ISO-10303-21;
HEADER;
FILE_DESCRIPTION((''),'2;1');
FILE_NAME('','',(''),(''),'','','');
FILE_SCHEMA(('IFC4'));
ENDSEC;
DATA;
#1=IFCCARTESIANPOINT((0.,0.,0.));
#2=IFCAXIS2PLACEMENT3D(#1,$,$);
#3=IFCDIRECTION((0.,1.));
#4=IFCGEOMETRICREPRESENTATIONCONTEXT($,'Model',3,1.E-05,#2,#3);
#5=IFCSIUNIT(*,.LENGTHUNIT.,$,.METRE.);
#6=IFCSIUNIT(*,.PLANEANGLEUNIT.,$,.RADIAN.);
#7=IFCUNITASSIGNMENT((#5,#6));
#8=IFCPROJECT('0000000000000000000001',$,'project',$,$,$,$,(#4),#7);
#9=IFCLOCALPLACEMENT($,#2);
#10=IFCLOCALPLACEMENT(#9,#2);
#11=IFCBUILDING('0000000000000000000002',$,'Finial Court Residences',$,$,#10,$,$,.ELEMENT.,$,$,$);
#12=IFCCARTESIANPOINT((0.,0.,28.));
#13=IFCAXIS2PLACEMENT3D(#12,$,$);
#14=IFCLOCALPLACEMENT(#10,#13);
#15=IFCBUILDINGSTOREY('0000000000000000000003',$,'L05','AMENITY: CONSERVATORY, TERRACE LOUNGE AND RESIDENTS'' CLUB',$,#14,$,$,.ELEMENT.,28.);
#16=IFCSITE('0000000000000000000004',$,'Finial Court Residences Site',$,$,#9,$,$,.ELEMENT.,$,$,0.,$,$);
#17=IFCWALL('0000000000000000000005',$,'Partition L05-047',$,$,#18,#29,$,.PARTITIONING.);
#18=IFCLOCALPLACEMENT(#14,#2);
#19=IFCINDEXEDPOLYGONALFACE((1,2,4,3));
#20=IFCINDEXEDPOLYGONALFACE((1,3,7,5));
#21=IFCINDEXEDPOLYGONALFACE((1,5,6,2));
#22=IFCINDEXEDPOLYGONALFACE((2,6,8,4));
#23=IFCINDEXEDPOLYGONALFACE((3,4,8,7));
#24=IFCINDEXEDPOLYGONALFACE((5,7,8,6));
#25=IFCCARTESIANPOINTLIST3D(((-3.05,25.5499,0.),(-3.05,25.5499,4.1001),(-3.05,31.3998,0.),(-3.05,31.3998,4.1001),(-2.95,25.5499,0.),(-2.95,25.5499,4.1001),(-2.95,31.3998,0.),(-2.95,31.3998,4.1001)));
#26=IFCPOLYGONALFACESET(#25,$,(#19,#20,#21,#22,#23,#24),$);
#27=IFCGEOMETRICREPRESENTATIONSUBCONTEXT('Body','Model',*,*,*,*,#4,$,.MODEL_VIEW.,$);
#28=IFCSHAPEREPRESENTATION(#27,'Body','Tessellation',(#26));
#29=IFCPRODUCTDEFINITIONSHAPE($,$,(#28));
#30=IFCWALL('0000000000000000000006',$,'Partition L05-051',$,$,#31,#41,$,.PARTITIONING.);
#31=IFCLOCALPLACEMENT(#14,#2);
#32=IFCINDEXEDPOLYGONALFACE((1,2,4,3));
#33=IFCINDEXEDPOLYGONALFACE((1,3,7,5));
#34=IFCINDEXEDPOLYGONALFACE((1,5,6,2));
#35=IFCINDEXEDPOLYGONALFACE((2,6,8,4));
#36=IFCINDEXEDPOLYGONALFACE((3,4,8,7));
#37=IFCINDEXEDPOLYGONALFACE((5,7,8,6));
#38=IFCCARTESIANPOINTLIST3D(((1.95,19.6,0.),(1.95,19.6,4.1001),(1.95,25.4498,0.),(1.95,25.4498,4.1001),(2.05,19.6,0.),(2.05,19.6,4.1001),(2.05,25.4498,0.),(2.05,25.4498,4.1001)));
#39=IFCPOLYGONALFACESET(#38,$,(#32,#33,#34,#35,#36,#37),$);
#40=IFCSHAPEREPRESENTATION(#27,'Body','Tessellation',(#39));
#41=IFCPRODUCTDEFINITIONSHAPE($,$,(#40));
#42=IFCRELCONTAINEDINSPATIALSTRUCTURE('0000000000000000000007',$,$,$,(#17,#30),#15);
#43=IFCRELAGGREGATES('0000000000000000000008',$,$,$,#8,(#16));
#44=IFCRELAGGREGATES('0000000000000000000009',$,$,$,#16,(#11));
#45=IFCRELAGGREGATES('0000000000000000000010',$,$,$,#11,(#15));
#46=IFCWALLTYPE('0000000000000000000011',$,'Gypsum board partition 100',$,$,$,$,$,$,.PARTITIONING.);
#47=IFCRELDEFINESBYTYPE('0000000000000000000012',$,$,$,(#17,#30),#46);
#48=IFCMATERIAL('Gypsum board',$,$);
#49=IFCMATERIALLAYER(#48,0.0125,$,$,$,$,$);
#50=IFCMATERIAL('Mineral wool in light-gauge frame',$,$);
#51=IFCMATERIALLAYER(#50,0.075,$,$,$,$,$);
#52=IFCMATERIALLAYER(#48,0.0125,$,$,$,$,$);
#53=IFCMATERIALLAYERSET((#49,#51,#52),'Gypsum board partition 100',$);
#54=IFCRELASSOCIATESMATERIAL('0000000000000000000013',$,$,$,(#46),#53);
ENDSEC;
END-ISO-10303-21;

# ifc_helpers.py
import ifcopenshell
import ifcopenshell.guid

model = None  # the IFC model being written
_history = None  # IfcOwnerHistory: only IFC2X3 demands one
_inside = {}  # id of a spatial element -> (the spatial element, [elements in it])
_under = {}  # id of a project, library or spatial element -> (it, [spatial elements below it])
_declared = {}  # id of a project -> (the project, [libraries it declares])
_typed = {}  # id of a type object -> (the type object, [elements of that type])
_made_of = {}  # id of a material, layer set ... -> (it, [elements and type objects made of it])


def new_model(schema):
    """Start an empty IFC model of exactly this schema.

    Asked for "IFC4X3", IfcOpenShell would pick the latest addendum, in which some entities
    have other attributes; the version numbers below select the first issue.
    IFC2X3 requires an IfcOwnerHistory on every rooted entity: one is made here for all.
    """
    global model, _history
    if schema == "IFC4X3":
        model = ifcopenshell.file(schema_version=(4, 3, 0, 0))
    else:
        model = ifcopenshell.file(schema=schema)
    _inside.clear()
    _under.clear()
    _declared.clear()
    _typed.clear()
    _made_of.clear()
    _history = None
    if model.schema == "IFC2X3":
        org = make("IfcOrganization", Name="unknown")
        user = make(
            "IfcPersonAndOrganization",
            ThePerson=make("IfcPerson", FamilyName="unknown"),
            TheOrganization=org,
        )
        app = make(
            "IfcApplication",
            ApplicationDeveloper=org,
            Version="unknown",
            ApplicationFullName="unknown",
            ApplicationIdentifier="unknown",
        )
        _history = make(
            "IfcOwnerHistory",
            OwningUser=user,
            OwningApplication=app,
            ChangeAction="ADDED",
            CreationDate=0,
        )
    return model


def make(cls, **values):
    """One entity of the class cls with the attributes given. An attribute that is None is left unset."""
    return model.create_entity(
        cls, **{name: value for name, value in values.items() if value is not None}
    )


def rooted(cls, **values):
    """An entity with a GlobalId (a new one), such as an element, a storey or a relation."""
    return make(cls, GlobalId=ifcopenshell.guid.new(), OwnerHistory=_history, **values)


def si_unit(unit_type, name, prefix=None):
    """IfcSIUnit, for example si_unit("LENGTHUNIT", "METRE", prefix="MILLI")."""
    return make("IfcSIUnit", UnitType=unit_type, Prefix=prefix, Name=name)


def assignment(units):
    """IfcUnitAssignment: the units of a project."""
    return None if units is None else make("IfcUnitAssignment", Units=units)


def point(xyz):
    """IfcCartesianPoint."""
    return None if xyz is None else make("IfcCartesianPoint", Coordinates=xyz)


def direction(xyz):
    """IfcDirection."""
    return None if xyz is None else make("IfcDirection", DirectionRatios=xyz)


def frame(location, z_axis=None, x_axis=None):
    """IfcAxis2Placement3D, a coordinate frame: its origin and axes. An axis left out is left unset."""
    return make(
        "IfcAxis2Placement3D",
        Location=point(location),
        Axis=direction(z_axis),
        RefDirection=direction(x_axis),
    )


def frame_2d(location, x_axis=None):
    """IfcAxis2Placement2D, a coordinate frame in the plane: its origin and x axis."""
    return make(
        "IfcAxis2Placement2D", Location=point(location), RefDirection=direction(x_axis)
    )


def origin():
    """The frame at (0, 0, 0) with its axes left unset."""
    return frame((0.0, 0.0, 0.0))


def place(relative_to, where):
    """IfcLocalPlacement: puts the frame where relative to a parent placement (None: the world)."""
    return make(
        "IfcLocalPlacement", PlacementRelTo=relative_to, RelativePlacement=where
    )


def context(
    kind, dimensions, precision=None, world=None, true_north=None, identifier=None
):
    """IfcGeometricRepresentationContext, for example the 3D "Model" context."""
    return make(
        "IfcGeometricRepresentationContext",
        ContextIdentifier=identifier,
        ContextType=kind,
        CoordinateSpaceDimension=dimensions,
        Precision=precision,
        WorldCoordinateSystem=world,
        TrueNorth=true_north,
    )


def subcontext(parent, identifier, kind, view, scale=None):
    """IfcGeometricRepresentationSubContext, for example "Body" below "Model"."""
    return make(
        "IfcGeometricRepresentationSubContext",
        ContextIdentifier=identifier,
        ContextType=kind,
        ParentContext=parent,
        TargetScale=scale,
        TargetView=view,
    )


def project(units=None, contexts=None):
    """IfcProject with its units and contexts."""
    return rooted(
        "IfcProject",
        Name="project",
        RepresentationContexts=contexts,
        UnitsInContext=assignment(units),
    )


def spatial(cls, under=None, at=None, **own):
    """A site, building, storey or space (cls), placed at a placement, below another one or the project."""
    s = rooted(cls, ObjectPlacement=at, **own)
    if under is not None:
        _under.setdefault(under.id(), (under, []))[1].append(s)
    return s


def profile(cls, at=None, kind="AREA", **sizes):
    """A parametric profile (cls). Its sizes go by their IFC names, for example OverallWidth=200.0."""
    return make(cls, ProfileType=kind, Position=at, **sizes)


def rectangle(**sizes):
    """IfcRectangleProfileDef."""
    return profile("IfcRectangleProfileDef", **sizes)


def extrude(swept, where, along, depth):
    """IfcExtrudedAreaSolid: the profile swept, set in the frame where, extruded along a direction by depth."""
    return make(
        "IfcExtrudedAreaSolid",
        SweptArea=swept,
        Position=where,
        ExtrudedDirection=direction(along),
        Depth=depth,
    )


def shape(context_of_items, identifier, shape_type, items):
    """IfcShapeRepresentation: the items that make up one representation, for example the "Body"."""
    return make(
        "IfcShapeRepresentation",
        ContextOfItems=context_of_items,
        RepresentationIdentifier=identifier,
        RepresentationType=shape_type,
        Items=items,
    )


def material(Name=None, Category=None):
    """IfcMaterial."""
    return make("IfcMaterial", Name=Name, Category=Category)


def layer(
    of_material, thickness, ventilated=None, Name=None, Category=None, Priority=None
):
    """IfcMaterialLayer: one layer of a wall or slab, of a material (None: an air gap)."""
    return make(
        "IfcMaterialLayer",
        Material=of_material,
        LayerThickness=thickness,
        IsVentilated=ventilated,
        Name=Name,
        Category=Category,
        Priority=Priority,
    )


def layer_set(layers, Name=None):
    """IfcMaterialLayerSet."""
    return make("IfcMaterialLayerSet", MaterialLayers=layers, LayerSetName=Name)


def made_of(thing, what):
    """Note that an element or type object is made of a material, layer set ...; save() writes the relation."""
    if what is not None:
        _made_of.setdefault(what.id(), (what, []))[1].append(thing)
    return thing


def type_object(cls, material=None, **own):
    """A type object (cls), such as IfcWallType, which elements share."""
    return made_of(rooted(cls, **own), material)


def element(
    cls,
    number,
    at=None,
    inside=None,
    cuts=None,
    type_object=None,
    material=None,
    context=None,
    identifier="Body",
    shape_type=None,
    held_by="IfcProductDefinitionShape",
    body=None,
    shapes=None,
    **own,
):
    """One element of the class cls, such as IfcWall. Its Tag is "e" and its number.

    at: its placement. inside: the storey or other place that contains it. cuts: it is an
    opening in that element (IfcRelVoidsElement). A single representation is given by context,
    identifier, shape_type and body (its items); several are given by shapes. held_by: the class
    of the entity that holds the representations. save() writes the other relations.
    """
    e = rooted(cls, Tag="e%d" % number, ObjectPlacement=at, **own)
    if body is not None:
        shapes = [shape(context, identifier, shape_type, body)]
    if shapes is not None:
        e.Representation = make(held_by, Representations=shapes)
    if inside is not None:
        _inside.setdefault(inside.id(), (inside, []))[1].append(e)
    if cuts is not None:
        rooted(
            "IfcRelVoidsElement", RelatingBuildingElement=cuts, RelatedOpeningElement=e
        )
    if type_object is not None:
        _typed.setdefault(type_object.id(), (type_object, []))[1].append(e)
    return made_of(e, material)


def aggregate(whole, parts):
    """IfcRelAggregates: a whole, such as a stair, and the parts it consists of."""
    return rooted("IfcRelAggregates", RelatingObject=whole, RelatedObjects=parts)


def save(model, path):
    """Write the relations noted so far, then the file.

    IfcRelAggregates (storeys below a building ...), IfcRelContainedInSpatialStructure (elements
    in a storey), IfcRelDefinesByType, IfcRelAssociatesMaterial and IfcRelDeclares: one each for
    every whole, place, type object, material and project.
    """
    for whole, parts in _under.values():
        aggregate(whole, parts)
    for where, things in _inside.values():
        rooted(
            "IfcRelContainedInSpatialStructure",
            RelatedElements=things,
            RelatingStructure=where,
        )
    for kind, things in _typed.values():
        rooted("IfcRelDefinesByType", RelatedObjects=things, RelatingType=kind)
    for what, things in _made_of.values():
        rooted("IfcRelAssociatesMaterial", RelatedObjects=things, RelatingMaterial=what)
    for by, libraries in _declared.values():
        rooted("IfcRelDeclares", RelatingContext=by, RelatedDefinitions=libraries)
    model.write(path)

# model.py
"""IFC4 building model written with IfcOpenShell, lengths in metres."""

from ifc_helpers import new_model, si_unit, direction, frame, frame_2d, origin, place, context, subcontext, project, spatial, rectangle, extrude, material, layer, layer_set, type_object, element, save


model = new_model("IFC4")

# Units and contexts
model_context = context("Model", 3, precision=1e-05, world=origin(), true_north=direction((0.0, 1.0)))
body_context = subcontext(model_context, "Body", "Model", "MODEL_VIEW")
ifc_project = project(units=[si_unit("LENGTHUNIT", "METRE"), si_unit("PLANEANGLEUNIT", "RADIAN")], contexts=[model_context])

# Site, building, storey
site_placement = place(None, origin())
site = spatial("IfcSite", under=ifc_project, at=site_placement, Name="Finial Court Residences Site", CompositionType="ELEMENT", RefElevation=0.0)
building_placement = place(site_placement, origin())
building = spatial("IfcBuilding", under=site, at=building_placement, Name="Finial Court Residences", CompositionType="ELEMENT")
storey_placement = place(building_placement, frame((0.0, 0.0, 28.0)))
storey = spatial("IfcBuildingStorey", under=building, at=storey_placement, Name="L05", Description="AMENITY: CONSERVATORY, TERRACE LOUNGE AND RESIDENTS' CLUB", CompositionType="ELEMENT", Elevation=28.0)

# Walls
ifc_material_1 = material(Name="Gypsum board")
ifc_layer_1 = layer(ifc_material_1, 0.0125)
ifc_material_2 = material(Name="Mineral wool in light-gauge frame")
ifc_layer_2 = layer(ifc_material_2, 0.075)
ifc_layer_3 = layer(ifc_material_1, 0.0125)
ifc_layer_set_1 = layer_set([ifc_layer_1, ifc_layer_2, ifc_layer_3], Name="Gypsum board partition 100")
wall_type = type_object("IfcWallType", Name="Gypsum board partition 100", PredefinedType="PARTITIONING", material=ifc_layer_set_1)
for number, where, z_axis, x_axis, name in (
    (1, (-3.0, 25.55, 0.0), (0.0, 0.0, 1.0), (0.0, 1.0, 0.0), "Partition L05-047"),
    (2, (2.0, 19.6001, 0.0), (0.0, 0.0, 1.0), (0.0, 1.0, 0.0), "Partition L05-051"),
):
    element("IfcWall", number, at=place(storey_placement, frame(where, z_axis=z_axis, x_axis=x_axis)), inside=storey, type_object=wall_type, Name=name, PredefinedType="PARTITIONING", context=body_context, shape_type="SweptSolid", body=[
        extrude(rectangle(XDim=5.8499, YDim=0.1001, at=frame_2d((2.9248, 0.0))), origin(), (0.0, 0.0, 1.0), 4.1001),
    ])

save(model, "model.ifc")
